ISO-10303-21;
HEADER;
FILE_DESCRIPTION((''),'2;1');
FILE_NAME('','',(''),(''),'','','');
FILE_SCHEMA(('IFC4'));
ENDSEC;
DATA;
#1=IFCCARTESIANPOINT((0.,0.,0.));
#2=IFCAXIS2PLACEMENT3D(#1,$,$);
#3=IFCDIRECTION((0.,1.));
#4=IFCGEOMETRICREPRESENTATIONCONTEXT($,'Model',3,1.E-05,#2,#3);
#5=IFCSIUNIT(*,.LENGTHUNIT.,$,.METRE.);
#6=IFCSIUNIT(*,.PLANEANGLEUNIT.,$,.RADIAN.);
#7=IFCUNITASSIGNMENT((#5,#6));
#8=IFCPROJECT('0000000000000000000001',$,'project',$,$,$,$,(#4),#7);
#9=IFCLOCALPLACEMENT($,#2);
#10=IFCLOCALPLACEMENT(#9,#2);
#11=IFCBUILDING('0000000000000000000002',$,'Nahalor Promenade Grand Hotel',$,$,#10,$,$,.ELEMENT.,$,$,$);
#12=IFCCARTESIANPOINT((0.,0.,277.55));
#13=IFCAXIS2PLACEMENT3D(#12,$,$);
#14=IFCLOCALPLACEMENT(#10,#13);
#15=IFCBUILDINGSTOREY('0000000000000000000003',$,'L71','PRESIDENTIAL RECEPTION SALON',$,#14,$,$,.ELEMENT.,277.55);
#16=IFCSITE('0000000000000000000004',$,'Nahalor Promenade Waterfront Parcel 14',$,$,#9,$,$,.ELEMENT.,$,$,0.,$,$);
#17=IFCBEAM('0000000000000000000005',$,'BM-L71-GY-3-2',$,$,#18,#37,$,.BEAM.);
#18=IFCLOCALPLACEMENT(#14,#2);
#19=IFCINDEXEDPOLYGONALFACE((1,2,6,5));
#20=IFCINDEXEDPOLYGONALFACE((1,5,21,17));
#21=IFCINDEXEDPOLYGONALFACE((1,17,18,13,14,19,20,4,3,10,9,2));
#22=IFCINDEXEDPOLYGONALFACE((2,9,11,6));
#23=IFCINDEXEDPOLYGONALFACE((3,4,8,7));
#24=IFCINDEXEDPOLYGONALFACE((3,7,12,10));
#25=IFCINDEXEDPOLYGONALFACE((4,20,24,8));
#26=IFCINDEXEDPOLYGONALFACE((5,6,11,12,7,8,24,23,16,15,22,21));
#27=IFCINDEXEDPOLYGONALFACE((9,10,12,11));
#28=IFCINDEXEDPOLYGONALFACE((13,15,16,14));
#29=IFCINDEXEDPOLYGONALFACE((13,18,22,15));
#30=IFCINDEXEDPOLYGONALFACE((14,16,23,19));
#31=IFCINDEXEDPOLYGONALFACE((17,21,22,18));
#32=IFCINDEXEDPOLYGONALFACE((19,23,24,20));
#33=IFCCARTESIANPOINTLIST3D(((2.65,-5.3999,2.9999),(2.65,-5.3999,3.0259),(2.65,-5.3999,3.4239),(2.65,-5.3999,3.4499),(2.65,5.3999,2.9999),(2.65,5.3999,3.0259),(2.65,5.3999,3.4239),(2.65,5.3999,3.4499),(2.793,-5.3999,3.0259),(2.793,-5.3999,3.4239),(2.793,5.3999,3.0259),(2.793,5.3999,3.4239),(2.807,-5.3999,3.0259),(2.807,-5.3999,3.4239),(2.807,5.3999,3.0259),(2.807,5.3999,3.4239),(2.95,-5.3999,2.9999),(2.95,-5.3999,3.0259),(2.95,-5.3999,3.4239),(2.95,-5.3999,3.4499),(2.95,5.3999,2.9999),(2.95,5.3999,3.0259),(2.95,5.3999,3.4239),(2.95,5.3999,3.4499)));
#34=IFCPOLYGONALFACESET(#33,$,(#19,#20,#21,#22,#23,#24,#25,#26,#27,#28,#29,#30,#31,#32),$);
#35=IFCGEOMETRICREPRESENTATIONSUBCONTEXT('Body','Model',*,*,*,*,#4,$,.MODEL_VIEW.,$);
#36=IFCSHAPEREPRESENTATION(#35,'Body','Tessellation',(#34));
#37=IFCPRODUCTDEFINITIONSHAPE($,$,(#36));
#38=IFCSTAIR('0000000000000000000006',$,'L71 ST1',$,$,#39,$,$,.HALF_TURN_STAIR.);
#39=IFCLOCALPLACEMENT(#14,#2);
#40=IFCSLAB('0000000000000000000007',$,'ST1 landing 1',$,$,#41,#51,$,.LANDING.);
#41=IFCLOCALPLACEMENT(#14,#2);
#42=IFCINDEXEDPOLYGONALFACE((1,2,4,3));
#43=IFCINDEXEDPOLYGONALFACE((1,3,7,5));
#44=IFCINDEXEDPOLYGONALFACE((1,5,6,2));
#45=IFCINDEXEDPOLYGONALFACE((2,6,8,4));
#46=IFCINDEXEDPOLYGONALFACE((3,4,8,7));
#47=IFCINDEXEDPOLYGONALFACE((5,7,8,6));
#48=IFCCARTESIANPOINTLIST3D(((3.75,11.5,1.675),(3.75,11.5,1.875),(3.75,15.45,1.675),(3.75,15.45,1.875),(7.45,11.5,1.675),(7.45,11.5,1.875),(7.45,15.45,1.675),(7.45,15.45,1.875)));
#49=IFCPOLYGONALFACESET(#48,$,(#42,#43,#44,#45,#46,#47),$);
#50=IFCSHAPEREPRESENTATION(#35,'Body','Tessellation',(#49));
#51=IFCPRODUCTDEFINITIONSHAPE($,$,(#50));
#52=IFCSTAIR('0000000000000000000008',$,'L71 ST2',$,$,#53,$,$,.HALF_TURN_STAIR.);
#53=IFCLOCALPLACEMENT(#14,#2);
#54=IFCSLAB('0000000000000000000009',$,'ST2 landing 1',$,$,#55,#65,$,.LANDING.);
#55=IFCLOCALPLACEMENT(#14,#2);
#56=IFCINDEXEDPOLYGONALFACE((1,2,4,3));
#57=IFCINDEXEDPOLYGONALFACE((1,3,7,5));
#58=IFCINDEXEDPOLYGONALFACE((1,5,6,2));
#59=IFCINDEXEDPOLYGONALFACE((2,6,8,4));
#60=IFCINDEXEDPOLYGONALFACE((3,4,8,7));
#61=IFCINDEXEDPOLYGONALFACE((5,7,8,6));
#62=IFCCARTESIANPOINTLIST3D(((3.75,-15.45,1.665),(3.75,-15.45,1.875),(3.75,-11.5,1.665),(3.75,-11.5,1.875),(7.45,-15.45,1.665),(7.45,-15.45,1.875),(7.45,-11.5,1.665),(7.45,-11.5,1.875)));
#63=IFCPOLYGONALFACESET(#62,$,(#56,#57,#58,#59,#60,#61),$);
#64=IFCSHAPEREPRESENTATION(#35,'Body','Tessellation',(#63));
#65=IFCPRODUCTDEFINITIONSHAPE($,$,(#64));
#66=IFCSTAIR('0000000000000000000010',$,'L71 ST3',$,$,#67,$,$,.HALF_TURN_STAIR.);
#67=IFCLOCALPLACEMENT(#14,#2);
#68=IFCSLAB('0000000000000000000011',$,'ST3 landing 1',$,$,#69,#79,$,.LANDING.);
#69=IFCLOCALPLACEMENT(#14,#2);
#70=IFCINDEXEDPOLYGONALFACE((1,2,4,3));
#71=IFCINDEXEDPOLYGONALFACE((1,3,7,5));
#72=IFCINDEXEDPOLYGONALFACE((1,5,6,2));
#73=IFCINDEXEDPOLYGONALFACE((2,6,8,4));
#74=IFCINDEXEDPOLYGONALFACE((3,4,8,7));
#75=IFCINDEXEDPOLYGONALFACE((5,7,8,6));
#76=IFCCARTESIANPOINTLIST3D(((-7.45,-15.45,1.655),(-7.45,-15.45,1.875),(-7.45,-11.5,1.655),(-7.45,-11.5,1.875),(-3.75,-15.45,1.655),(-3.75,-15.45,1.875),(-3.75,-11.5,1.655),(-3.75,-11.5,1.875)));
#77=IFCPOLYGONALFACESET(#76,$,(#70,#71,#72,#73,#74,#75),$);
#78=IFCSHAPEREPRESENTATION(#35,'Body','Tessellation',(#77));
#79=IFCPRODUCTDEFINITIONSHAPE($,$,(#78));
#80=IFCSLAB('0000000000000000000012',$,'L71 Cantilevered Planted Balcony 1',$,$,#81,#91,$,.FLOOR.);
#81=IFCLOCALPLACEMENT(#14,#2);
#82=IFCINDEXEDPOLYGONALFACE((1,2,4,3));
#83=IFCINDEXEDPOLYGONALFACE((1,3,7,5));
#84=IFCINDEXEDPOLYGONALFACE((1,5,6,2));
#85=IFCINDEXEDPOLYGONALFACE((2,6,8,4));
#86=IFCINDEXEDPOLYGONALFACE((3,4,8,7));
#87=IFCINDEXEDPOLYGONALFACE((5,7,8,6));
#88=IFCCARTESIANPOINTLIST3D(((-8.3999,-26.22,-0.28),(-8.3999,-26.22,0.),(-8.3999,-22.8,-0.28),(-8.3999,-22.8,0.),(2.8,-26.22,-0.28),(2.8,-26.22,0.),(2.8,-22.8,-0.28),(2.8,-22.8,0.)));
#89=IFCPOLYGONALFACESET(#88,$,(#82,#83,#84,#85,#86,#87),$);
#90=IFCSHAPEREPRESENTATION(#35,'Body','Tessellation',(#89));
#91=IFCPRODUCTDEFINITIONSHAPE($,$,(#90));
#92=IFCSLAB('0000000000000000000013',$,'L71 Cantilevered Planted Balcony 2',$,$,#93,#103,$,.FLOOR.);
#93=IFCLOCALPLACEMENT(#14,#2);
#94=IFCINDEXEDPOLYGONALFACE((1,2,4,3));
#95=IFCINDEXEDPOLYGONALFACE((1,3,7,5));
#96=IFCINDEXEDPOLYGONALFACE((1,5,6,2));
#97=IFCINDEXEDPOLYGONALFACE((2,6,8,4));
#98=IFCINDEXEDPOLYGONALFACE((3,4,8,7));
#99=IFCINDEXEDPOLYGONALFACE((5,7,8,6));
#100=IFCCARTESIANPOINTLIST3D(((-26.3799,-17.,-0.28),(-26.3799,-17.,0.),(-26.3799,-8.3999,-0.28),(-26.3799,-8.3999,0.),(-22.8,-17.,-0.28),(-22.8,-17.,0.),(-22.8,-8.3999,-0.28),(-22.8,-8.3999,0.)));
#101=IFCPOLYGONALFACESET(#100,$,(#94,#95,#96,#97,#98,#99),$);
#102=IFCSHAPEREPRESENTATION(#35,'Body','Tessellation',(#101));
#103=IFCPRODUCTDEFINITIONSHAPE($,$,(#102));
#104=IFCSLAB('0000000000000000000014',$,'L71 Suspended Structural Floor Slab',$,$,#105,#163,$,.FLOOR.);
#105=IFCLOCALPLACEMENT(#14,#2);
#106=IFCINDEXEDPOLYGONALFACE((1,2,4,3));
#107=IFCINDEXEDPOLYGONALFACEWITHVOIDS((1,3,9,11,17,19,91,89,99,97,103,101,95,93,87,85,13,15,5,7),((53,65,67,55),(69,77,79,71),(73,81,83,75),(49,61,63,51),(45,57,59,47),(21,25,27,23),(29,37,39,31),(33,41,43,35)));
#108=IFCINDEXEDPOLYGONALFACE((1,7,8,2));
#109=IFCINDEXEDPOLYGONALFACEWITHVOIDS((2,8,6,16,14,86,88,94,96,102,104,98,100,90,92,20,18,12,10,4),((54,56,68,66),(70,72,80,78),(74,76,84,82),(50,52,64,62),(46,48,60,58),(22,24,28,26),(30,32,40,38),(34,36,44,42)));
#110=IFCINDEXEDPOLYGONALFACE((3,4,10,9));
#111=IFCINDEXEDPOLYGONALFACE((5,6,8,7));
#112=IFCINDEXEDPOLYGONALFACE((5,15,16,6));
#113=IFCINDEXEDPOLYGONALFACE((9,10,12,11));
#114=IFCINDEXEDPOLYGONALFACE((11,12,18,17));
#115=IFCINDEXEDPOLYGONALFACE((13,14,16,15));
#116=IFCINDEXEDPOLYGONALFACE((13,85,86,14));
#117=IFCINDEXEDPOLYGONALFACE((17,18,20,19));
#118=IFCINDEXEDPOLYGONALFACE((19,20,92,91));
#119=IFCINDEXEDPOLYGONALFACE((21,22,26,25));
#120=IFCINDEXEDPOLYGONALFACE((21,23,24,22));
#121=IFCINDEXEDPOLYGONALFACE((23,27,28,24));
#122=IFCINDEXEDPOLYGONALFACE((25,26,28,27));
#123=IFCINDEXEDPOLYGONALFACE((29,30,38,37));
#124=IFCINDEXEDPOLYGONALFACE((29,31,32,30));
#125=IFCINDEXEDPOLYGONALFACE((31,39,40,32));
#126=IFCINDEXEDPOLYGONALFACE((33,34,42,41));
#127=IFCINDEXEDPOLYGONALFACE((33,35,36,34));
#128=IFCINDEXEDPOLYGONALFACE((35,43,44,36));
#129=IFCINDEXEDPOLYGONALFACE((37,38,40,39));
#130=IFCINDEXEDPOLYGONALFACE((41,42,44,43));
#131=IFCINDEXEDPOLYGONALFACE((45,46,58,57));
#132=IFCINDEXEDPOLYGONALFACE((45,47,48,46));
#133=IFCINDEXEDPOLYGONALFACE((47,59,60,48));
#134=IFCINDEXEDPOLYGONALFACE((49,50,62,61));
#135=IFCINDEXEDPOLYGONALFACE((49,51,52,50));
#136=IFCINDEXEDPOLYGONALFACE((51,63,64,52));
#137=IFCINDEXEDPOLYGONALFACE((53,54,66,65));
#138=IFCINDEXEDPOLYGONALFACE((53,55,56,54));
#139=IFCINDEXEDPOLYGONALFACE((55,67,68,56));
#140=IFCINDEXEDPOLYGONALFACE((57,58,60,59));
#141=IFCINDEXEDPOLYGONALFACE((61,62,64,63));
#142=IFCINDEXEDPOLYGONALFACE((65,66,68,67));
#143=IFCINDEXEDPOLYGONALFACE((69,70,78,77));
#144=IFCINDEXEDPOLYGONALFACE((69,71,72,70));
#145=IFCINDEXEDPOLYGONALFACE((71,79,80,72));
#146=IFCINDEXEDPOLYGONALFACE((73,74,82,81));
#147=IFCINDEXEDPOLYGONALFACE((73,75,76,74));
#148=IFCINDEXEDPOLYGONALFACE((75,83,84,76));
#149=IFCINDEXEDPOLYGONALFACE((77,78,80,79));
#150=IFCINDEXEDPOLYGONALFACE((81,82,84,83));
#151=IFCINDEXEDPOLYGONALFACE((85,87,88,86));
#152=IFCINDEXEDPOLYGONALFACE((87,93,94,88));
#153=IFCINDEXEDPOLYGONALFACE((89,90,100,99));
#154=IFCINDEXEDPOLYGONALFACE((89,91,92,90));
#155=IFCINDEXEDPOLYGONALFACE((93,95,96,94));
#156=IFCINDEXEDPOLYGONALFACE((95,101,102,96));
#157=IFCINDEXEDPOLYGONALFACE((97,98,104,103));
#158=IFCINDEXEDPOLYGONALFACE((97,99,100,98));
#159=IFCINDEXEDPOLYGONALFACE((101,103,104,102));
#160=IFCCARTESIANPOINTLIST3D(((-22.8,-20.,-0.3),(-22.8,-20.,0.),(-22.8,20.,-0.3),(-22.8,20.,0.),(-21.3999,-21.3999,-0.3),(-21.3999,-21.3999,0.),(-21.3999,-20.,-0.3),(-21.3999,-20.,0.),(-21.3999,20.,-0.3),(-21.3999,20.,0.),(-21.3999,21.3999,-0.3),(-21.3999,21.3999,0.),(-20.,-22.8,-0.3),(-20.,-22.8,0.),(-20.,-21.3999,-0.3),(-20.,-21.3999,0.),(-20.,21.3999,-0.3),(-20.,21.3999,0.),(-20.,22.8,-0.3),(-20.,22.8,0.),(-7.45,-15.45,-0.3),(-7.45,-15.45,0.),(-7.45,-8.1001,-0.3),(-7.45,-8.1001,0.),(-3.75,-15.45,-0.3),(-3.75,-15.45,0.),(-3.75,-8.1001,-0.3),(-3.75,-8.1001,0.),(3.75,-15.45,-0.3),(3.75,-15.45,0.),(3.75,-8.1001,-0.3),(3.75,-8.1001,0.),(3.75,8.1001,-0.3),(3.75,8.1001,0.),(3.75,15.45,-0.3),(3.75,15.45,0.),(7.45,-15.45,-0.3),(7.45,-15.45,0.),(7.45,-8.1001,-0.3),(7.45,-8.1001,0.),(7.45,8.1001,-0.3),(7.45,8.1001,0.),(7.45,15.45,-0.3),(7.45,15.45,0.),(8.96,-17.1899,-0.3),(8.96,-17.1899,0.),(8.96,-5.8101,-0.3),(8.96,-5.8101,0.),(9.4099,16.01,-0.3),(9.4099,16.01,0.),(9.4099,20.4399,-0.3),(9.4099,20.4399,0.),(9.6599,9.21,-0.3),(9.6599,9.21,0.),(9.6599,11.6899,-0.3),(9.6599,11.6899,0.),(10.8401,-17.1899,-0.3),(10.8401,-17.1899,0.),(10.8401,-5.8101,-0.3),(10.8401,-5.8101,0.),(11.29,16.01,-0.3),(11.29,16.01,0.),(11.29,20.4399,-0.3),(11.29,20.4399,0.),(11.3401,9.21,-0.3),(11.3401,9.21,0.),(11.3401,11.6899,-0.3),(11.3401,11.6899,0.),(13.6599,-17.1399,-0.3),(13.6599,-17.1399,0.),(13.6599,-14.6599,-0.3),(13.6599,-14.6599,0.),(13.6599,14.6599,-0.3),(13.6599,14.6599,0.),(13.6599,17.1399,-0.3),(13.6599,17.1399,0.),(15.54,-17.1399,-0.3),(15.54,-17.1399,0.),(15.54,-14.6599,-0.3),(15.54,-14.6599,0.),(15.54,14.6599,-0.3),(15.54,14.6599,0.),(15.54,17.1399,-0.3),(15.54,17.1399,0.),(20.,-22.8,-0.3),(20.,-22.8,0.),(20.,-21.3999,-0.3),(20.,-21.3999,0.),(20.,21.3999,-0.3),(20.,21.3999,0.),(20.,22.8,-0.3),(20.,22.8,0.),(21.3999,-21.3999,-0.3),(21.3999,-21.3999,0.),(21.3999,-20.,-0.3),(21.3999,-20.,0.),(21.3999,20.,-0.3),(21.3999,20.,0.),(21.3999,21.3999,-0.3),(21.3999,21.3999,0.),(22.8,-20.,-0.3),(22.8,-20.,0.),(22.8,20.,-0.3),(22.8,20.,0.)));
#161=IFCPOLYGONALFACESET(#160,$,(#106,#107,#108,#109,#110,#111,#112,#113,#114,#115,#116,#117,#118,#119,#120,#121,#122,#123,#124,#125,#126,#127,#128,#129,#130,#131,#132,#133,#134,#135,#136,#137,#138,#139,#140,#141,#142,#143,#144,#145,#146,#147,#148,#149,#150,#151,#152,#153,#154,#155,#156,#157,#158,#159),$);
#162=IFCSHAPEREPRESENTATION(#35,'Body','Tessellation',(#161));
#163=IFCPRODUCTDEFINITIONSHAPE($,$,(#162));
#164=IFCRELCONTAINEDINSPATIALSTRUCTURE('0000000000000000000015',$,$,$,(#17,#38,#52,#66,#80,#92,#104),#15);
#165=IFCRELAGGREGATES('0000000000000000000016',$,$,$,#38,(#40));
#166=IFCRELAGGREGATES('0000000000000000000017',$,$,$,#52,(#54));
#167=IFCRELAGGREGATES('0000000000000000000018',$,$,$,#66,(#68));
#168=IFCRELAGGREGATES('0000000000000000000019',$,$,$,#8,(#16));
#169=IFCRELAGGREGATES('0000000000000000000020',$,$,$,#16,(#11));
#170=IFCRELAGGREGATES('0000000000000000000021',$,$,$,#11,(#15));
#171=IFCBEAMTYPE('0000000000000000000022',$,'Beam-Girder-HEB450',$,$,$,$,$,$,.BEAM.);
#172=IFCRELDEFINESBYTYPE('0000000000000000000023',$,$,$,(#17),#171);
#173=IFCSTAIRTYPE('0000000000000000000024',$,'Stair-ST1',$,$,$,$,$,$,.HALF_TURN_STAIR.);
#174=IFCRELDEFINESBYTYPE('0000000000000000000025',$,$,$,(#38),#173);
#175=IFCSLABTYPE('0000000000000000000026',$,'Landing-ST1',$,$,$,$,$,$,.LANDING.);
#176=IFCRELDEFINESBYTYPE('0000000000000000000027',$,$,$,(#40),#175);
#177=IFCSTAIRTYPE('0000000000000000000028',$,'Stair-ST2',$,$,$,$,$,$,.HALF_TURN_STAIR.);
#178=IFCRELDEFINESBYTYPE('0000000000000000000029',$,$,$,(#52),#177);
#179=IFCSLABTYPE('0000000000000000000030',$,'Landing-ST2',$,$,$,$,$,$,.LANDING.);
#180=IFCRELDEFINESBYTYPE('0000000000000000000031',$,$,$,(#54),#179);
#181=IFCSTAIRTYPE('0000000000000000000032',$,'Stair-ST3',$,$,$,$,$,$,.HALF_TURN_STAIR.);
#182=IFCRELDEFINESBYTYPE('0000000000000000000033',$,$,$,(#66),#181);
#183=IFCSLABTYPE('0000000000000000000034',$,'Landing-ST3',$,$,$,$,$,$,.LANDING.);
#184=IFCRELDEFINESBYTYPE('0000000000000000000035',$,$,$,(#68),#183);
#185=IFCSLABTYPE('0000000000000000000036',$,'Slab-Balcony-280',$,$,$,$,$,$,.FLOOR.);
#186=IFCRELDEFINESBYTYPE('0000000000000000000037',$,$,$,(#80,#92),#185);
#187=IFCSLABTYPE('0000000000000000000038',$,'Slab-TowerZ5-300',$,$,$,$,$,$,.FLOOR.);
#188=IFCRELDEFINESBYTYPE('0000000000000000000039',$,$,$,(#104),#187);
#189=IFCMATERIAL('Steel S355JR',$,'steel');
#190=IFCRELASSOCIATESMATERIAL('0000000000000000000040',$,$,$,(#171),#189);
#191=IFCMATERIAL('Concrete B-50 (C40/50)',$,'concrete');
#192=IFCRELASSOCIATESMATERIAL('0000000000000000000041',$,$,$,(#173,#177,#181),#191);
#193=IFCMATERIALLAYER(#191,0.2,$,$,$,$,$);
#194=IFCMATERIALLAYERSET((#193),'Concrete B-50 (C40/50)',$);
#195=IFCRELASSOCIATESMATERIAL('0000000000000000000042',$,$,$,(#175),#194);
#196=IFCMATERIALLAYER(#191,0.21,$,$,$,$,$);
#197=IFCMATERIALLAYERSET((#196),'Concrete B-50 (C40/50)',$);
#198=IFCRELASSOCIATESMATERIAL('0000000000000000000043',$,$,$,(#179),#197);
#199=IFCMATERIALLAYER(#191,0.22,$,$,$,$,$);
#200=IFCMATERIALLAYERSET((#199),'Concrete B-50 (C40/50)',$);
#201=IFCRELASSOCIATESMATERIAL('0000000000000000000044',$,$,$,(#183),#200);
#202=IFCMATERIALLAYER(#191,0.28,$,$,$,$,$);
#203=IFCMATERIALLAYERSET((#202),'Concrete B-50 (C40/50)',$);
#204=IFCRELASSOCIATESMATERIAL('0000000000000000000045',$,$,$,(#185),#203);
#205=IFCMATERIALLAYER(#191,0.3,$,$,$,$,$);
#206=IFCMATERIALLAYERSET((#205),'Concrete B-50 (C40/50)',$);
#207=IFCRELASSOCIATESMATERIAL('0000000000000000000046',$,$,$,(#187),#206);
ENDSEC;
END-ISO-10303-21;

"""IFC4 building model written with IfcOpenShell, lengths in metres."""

from ifc_helpers import new_model, si_unit, direction, frame, origin, origin_2d, place, context, subcontext, project, spatial, polyline, i_section, outline, extrude, source, transform, mapped, material, layer, layer_set, material_profile, profile_set, type_object, element, aggregate, save


model = new_model("IFC4")

# Units and contexts
model_context = context("Model", 3, precision=1e-05, world=origin(), true_north=direction((0.0, 1.0)))
body_context = subcontext(model_context, "Body", "Model", "MODEL_VIEW")
ifc_project = project(units=[si_unit("LENGTHUNIT", "METRE"), si_unit("PLANEANGLEUNIT", "RADIAN")], contexts=[model_context])

# Site, building, storey
site_placement = place(None, origin())
site = spatial("IfcSite", under=ifc_project, at=site_placement, Name="Nahalor Promenade Waterfront Parcel 14", CompositionType="ELEMENT", RefElevation=0.0)
building_placement = place(site_placement, origin())
building = spatial("IfcBuilding", under=site, at=building_placement, Name="Nahalor Promenade Grand Hotel", CompositionType="ELEMENT")
storey_placement = place(building_placement, frame((0.0, 0.0, 277.55)))
storey = spatial("IfcBuildingStorey", under=building, at=storey_placement, Name="L71", Description="PRESIDENTIAL RECEPTION SALON", CompositionType="ELEMENT", Elevation=277.55)

# Shared definitions
ifc_material_1 = material(Name="Concrete B-50 (C40/50)", Category="concrete")

# Beam
ifc_material_2 = material(Name="Steel S355JR", Category="steel")
ifc_material_profile_1 = material_profile(ifc_material_2, i_section(OverallWidth=0.3, OverallDepth=0.45, WebThickness=0.014, FlangeThickness=0.026, at=origin_2d()), Name="HEB 450")
ifc_profile_set_1 = profile_set([ifc_material_profile_1], Name="Steel S355JR")
beam_type = type_object("IfcBeamType", Name="Beam-Girder-HEB450", PredefinedType="BEAM", material=ifc_profile_set_1)
shared_shape_1 = source(origin(), body_context, "Body", "SweptSolid", [
    extrude(i_section(OverallWidth=0.3, OverallDepth=0.45, WebThickness=0.014, FlangeThickness=0.026, at=origin_2d()), origin(), (0.0, 0.0, 1.0), 10.7998),
])
for number, where, z_axis, x_axis, name in (
    (1, (2.8, -5.3999, 3.2249), (0.0, 1.0, 0.0), (-1.0, 0.0, 0.0), "BM-L71-GY-3-2"),
):
    element("IfcBeam", number, at=place(storey_placement, frame(where, z_axis=z_axis, x_axis=x_axis)), inside=storey, type_object=beam_type, Name=name, PredefinedType="BEAM", context=body_context, shape_type="MappedRepresentation", body=[
        mapped(shared_shape_1, transform((0.0, 0.0, 0.0), scale=1.0)),
    ])

# Stairs, slabs
stair_type_1 = type_object("IfcStairType", Name="Stair-ST1", PredefinedType="HALF_TURN_STAIR", material=ifc_material_1)
stair_1_placement = place(storey_placement, origin())
stair_1 = element("IfcStair", 2, at=stair_1_placement, inside=storey, type_object=stair_type_1, Name="L71 ST1", PredefinedType="HALF_TURN_STAIR")
ifc_layer_1 = layer(ifc_material_1, 0.2)
ifc_layer_set_1 = layer_set([ifc_layer_1], Name="Concrete B-50 (C40/50)")
slab_type_1 = type_object("IfcSlabType", Name="Landing-ST1", PredefinedType="LANDING", material=ifc_layer_set_1)
slab_1_placement = place(storey_placement, frame((0.0, 0.0, 1.675)))
slab_1 = element("IfcSlab", 3, at=slab_1_placement, type_object=slab_type_1, Name="ST1 landing 1", PredefinedType="LANDING", context=body_context, shape_type="SweptSolid", body=[
    extrude(outline(polyline([(7.45, 11.5), (7.45, 15.45), (3.75, 15.45), (3.75, 11.5), (7.45, 11.5)])), origin(), (0.0, 0.0, 1.0), 0.2),
])
aggregate(stair_1, [slab_1])
stair_type_2 = type_object("IfcStairType", Name="Stair-ST2", PredefinedType="HALF_TURN_STAIR", material=ifc_material_1)
stair_2_placement = place(storey_placement, origin())
stair_2 = element("IfcStair", 4, at=stair_2_placement, inside=storey, type_object=stair_type_2, Name="L71 ST2", PredefinedType="HALF_TURN_STAIR")
ifc_layer_2 = layer(ifc_material_1, 0.21)
ifc_layer_set_2 = layer_set([ifc_layer_2], Name="Concrete B-50 (C40/50)")
slab_type_2 = type_object("IfcSlabType", Name="Landing-ST2", PredefinedType="LANDING", material=ifc_layer_set_2)
slab_2_placement = place(storey_placement, frame((0.0, 0.0, 1.665)))
slab_2 = element("IfcSlab", 5, at=slab_2_placement, type_object=slab_type_2, Name="ST2 landing 1", PredefinedType="LANDING", context=body_context, shape_type="SweptSolid", body=[
    extrude(outline(polyline([(3.75, -11.5), (3.75, -15.45), (7.45, -15.45), (7.45, -11.5), (3.75, -11.5)])), origin(), (0.0, 0.0, 1.0), 0.21),
])
aggregate(stair_2, [slab_2])
stair_type_3 = type_object("IfcStairType", Name="Stair-ST3", PredefinedType="HALF_TURN_STAIR", material=ifc_material_1)
stair_3_placement = place(storey_placement, origin())
stair_3 = element("IfcStair", 6, at=stair_3_placement, inside=storey, type_object=stair_type_3, Name="L71 ST3", PredefinedType="HALF_TURN_STAIR")
ifc_layer_3 = layer(ifc_material_1, 0.22)
ifc_layer_set_3 = layer_set([ifc_layer_3], Name="Concrete B-50 (C40/50)")
slab_type_3 = type_object("IfcSlabType", Name="Landing-ST3", PredefinedType="LANDING", material=ifc_layer_set_3)
slab_3_placement = place(storey_placement, frame((0.0, 0.0, 1.655)))
slab_3 = element("IfcSlab", 7, at=slab_3_placement, type_object=slab_type_3, Name="ST3 landing 1", PredefinedType="LANDING", context=body_context, shape_type="SweptSolid", body=[
    extrude(outline(polyline([(-7.45, -11.5), (-7.45, -15.45), (-3.75, -15.45), (-3.75, -11.5), (-7.45, -11.5)])), origin(), (0.0, 0.0, 1.0), 0.22),
])
aggregate(stair_3, [slab_3])

# Slabs
ifc_layer_4 = layer(ifc_material_1, 0.28)
ifc_layer_set_4 = layer_set([ifc_layer_4], Name="Concrete B-50 (C40/50)")
slab_type_4 = type_object("IfcSlabType", Name="Slab-Balcony-280", PredefinedType="FLOOR", material=ifc_layer_set_4)
slab_4_placement = place(storey_placement, frame((0.0, 0.0, -0.28)))
element("IfcSlab", 8, at=slab_4_placement, inside=storey, type_object=slab_type_4, Name="L71 Cantilevered Planted Balcony 1", PredefinedType="FLOOR", context=body_context, shape_type="SweptSolid", body=[
    extrude(outline(polyline([(-8.3999, -26.22), (2.8, -26.22), (2.8, -22.8), (-8.3999, -22.8), (-8.3999, -26.22)])), origin(), (0.0, 0.0, 1.0), 0.28),
])
slab_5_placement = place(storey_placement, frame((0.0, 0.0, -0.28)))
element("IfcSlab", 9, at=slab_5_placement, inside=storey, type_object=slab_type_4, Name="L71 Cantilevered Planted Balcony 2", PredefinedType="FLOOR", context=body_context, shape_type="SweptSolid", body=[
    extrude(outline(polyline([(-26.3799, -17.0), (-22.8, -17.0), (-22.8, -8.3999), (-26.3799, -8.3999), (-26.3799, -17.0)])), origin(), (0.0, 0.0, 1.0), 0.28),
])
ifc_layer_5 = layer(ifc_material_1, 0.3)
ifc_layer_set_5 = layer_set([ifc_layer_5], Name="Concrete B-50 (C40/50)")
slab_type_5 = type_object("IfcSlabType", Name="Slab-TowerZ5-300", PredefinedType="FLOOR", material=ifc_layer_set_5)
slab_6_placement = place(storey_placement, frame((0.0, 0.0, -0.3)))
element("IfcSlab", 10, at=slab_6_placement, inside=storey, type_object=slab_type_5, Name="L71 Suspended Structural Floor Slab", PredefinedType="FLOOR", context=body_context, shape_type="SweptSolid", body=[
    extrude(outline(polyline([(-20.0, -22.8), (20.0, -22.8), (20.0, -21.3999), (21.3999, -21.3999), (21.3999, -20.0), (22.8, -20.0), (22.8, 20.0), (21.3999, 20.0), (21.3999, 21.3999), (20.0, 21.3999), (20.0, 22.8), (-20.0, 22.8), (-20.0, 21.3999), (-21.3999, 21.3999), (-21.3999, 20.0), (-22.8, 20.0), (-22.8, -20.0), (-21.3999, -20.0), (-21.3999, -21.3999), (-20.0, -21.3999), (-20.0, -22.8)]), holes=[polyline([(3.75, 8.1001), (7.45, 8.1001), (7.45, 15.45), (3.75, 15.45), (3.75, 8.1001)]), polyline([(3.75, -15.45), (7.45, -15.45), (7.45, -8.1001), (3.75, -8.1001), (3.75, -15.45)]), polyline([(-7.45, -15.45), (-3.75, -15.45), (-3.75, -8.1001), (-7.45, -8.1001), (-7.45, -15.45)]), polyline([(8.96, -17.1899), (10.8401, -17.1899), (10.8401, -5.8101), (8.96, -5.8101), (8.96, -17.1899)]), polyline([(9.4099, 16.01), (11.29, 16.01), (11.29, 20.4399), (9.4099, 20.4399), (9.4099, 16.01)]), polyline([(9.6599, 9.21), (11.3401, 9.21), (11.3401, 11.6899), (9.6599, 11.6899), (9.6599, 9.21)]), polyline([(13.6599, 14.6599), (15.54, 14.6599), (15.54, 17.1399), (13.6599, 17.1399), (13.6599, 14.6599)]), polyline([(13.6599, -17.1399), (15.54, -17.1399), (15.54, -14.6599), (13.6599, -14.6599), (13.6599, -17.1399)])]), origin(), (0.0, 0.0, 1.0), 0.3),
])

save(model, "model.ifc")
